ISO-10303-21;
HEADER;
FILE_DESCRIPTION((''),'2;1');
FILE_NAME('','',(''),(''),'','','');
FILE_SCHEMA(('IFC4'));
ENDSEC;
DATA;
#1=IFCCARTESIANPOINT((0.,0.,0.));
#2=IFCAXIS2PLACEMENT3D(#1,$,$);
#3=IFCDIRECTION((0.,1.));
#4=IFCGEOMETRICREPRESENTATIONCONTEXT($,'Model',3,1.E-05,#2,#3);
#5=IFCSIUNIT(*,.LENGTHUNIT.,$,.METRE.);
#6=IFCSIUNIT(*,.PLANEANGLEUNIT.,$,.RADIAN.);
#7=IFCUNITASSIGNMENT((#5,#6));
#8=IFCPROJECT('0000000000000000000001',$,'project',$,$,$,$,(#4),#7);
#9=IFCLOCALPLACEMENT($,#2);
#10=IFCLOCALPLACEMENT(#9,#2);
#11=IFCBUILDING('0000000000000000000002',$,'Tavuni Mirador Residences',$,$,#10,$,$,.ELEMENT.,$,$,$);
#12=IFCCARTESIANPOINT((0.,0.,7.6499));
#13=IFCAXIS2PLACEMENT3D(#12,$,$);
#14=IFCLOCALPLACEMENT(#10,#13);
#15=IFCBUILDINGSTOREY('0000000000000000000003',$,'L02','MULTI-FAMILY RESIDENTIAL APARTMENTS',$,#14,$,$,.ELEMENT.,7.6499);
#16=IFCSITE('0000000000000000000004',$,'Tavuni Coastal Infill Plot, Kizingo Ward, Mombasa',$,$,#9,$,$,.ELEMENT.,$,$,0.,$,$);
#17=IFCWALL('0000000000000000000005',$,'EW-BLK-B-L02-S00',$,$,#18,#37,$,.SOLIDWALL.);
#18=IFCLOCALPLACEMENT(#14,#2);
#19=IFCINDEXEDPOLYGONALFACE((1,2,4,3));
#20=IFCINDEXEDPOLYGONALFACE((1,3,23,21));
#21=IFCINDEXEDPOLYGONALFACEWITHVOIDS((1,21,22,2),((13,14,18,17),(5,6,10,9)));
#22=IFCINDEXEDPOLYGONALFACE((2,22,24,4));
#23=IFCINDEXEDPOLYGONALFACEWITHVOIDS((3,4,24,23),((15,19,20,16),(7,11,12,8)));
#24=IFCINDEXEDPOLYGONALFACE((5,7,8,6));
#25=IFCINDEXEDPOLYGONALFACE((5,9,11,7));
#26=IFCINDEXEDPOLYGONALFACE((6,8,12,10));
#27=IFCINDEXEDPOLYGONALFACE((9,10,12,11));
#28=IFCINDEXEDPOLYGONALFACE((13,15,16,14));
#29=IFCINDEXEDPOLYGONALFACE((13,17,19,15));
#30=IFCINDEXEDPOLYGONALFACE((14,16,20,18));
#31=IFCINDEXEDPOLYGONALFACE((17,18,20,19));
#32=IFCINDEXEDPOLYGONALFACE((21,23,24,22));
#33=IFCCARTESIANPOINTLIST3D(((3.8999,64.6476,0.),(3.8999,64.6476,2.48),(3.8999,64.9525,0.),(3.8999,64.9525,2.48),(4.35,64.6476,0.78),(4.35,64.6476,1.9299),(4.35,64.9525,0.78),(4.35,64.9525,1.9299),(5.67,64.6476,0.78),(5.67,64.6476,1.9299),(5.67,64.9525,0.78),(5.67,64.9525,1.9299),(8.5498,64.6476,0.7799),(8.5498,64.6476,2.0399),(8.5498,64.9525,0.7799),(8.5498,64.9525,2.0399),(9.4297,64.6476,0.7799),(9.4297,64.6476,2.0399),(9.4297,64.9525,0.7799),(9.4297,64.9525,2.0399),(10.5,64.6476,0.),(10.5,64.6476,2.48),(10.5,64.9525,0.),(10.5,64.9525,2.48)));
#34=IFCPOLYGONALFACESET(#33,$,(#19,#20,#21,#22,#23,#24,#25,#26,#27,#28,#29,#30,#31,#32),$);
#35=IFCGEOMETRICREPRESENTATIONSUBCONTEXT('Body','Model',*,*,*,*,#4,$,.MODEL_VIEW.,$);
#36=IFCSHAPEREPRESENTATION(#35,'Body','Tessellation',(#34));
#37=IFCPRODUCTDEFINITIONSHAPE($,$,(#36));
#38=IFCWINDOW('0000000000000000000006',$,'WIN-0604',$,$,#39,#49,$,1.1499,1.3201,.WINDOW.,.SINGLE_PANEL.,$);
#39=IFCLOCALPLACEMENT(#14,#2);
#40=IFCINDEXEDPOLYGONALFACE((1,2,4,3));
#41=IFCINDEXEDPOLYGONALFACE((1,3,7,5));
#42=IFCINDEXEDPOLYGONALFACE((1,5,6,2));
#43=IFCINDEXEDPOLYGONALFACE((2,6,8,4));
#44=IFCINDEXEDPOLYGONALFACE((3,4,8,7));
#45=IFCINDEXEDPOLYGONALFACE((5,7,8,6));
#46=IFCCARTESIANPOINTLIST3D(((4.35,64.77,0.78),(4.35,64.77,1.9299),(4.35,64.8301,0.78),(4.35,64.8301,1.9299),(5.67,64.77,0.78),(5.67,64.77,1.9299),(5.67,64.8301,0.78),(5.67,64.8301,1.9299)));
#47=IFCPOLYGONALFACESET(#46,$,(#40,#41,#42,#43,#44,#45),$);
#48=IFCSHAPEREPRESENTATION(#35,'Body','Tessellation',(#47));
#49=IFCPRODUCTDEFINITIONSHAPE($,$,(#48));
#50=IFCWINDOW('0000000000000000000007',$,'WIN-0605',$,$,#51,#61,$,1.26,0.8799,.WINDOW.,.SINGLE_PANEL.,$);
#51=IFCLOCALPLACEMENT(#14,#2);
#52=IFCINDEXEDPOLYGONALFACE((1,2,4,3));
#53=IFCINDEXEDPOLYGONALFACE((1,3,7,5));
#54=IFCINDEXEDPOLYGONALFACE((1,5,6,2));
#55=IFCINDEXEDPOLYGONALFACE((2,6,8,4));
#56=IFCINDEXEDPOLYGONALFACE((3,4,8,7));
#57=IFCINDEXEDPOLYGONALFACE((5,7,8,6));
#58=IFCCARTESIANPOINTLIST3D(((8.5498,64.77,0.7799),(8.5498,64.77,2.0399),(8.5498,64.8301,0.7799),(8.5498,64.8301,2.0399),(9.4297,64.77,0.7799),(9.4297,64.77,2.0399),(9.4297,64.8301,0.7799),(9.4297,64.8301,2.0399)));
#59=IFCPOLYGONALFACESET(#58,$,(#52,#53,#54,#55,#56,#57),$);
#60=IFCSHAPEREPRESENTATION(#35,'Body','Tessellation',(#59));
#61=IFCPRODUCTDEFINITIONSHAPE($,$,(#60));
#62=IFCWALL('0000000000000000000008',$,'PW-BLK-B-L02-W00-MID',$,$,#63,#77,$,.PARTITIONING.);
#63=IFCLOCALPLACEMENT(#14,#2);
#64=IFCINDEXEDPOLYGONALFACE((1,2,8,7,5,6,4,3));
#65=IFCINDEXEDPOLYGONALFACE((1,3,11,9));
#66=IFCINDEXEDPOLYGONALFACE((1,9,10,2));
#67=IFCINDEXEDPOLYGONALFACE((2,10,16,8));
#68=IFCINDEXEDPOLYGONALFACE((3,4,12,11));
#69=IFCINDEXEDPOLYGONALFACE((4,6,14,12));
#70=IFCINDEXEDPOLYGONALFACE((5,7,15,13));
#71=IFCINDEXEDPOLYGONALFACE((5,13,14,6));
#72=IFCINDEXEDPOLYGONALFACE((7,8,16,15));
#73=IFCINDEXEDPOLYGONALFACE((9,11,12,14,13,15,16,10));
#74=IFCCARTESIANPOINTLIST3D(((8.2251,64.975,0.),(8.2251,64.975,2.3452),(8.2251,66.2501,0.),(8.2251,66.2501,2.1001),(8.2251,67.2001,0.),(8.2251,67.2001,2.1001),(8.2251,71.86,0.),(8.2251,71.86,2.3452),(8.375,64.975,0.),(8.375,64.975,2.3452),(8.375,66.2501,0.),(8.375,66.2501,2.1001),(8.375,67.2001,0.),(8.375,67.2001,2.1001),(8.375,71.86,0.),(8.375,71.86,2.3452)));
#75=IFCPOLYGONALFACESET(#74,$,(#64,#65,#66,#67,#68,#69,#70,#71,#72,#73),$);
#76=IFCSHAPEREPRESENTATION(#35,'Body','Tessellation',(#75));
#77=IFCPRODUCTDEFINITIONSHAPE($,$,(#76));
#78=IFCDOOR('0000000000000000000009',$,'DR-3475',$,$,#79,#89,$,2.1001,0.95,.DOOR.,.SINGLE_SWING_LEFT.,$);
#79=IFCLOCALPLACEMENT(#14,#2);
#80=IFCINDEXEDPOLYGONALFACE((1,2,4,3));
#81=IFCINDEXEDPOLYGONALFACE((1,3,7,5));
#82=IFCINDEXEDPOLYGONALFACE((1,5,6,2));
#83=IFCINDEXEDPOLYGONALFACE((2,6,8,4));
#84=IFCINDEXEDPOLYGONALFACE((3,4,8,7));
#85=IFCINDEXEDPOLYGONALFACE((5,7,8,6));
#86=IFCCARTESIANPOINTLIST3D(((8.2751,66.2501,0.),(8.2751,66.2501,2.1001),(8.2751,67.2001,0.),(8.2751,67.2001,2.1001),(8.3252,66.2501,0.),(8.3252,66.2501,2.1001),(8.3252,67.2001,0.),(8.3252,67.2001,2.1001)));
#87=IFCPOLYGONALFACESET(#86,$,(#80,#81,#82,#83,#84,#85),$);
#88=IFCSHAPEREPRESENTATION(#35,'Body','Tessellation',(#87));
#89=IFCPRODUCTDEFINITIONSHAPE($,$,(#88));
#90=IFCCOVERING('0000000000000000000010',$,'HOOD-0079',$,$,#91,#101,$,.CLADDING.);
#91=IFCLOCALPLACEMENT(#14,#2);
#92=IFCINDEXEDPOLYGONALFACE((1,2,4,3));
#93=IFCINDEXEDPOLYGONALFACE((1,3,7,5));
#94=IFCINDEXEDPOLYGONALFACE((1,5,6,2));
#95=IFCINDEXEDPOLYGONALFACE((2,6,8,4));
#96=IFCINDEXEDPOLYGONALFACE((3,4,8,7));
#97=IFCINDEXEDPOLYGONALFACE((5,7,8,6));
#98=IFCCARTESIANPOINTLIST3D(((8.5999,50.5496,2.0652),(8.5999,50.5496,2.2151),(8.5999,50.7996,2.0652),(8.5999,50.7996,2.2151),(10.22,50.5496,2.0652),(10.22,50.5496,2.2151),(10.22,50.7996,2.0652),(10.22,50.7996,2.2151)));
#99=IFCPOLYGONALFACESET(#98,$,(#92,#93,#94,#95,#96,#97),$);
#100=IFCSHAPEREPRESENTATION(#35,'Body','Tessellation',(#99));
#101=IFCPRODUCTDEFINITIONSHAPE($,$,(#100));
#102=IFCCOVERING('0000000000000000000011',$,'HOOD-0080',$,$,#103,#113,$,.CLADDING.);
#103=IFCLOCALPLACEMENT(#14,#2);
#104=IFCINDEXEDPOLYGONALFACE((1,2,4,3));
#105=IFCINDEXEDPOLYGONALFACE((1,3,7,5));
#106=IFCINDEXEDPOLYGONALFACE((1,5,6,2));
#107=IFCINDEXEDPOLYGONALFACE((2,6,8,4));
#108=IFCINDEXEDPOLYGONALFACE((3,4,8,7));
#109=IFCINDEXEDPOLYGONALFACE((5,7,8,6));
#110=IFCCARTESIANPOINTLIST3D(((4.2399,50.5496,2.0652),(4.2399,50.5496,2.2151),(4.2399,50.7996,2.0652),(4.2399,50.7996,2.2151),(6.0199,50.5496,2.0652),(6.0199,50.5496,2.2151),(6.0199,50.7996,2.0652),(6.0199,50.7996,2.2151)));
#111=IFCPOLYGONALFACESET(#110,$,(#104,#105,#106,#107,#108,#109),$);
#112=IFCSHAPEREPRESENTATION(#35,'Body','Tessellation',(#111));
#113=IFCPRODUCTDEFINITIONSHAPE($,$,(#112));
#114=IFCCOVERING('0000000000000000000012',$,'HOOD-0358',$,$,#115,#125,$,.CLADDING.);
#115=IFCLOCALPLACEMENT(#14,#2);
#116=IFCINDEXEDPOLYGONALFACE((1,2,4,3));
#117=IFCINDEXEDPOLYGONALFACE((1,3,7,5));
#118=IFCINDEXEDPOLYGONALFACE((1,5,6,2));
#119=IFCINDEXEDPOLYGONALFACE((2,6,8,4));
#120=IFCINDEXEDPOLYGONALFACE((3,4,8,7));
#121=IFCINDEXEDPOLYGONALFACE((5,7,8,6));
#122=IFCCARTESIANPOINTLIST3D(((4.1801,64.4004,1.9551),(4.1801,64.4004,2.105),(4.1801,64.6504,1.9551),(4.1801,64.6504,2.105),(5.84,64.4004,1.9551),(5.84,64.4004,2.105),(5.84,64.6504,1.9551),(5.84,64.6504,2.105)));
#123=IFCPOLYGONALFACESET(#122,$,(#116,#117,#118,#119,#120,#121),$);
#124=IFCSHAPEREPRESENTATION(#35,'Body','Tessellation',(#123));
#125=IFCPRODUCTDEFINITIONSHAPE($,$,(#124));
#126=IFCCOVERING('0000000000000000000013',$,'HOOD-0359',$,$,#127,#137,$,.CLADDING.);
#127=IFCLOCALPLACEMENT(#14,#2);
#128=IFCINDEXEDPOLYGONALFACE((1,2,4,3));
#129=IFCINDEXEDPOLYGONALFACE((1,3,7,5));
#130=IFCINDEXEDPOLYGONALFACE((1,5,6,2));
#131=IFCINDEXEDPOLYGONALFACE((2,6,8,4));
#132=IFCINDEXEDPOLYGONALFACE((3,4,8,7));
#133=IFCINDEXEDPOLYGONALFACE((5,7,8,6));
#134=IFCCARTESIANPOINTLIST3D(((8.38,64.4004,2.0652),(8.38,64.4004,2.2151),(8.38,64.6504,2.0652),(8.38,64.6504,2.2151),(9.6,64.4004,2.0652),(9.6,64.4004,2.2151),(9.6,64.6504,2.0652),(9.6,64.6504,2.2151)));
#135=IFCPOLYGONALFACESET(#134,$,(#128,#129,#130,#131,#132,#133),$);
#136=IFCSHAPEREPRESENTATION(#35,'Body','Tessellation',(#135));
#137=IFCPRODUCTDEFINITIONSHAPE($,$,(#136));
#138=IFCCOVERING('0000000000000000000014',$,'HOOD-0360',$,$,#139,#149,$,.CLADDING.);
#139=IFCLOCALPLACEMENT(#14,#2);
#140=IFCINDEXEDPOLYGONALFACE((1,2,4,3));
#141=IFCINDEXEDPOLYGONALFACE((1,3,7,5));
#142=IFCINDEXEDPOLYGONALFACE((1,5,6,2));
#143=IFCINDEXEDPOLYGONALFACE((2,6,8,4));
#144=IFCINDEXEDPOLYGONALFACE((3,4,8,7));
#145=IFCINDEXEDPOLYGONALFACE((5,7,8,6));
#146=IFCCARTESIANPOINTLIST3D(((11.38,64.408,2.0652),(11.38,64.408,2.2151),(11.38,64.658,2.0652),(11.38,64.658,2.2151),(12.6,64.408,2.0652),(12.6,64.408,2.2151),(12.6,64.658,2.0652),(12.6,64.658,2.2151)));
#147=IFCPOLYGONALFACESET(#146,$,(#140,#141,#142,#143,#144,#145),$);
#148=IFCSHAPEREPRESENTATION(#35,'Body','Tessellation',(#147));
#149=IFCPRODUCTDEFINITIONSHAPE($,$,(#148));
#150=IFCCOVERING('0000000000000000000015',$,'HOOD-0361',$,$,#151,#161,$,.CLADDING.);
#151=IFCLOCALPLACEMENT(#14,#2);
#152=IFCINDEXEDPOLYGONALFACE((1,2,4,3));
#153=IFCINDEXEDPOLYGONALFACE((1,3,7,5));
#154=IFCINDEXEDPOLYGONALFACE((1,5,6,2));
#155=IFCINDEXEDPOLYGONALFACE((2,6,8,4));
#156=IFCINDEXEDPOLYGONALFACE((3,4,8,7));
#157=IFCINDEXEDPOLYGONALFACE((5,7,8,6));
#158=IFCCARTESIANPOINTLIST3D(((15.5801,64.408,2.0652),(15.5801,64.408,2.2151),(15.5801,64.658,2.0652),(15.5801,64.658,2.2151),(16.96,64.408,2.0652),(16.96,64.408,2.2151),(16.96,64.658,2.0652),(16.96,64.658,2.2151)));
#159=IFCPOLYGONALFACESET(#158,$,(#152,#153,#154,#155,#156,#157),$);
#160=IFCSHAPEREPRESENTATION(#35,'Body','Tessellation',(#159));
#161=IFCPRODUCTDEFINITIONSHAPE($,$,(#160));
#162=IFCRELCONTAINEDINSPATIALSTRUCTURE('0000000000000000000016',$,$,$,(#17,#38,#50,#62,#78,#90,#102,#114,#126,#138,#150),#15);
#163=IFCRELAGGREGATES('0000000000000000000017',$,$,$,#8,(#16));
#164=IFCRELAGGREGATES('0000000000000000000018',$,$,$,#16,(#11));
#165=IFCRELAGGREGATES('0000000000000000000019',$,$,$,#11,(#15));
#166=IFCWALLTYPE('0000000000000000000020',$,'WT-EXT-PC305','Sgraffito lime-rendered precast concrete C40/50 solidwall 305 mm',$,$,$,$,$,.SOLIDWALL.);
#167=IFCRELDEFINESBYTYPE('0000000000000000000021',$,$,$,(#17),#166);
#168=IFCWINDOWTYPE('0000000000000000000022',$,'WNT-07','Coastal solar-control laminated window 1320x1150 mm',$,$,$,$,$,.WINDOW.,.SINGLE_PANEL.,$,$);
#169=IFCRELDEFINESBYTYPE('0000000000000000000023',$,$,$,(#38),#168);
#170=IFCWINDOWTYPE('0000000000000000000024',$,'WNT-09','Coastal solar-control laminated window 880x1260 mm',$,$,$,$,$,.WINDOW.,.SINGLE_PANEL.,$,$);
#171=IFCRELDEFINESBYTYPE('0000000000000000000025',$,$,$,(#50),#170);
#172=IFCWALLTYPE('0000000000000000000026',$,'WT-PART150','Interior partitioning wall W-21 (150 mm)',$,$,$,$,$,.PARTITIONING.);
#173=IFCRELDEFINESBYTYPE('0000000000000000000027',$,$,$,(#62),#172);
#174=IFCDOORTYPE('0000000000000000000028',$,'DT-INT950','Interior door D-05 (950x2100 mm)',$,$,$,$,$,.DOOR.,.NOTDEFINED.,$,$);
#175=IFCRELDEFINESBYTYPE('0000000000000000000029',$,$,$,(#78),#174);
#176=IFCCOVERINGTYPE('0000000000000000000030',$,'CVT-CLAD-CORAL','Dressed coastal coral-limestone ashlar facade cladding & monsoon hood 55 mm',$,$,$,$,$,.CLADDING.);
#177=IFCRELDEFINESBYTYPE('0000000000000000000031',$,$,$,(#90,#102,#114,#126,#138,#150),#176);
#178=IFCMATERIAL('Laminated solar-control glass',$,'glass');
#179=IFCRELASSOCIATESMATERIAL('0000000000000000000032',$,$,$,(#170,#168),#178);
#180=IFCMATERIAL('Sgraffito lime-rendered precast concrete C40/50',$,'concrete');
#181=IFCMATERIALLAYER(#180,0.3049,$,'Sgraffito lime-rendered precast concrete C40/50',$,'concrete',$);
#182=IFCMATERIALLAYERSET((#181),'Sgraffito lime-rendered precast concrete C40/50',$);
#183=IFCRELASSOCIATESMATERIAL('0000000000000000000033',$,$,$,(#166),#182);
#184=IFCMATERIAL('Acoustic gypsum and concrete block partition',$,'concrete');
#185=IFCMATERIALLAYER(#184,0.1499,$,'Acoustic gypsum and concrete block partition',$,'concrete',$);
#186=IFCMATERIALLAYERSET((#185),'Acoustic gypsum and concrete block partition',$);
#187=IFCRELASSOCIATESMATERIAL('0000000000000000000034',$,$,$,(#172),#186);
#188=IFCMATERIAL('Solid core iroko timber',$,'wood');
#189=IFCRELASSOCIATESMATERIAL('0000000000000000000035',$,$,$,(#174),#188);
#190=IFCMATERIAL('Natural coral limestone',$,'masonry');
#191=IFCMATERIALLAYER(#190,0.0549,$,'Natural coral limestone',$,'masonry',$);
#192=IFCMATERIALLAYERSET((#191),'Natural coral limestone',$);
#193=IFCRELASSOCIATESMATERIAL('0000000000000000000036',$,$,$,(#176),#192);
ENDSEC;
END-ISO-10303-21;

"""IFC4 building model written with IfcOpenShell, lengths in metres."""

from ifc_helpers import new_model, si_unit, direction, frame, frame_2d, origin, origin_2d, place, context, subcontext, project, spatial, rectangle, extrude, material, layer, layer_set, type_object, element, fill, save


model = new_model("IFC4")

# Units and contexts
model_context = context("Model", 3, precision=1e-05, world=origin(), true_north=direction((0.0, 1.0)))
body_context = subcontext(model_context, "Body", "Model", "MODEL_VIEW")
ifc_project = project(units=[si_unit("LENGTHUNIT", "METRE"), si_unit("PLANEANGLEUNIT", "RADIAN")], contexts=[model_context])

# Site, building, storey
site_placement = place(None, origin())
site = spatial("IfcSite", under=ifc_project, at=site_placement, Name="Tavuni Coastal Infill Plot, Kizingo Ward, Mombasa", CompositionType="ELEMENT", RefElevation=0.0)
building_placement = place(site_placement, origin())
building = spatial("IfcBuilding", under=site, at=building_placement, Name="Tavuni Mirador Residences", CompositionType="ELEMENT")
storey_placement = place(building_placement, frame((0.0, 0.0, 7.6499)))
storey = spatial("IfcBuildingStorey", under=building, at=storey_placement, Name="L02", Description="MULTI-FAMILY RESIDENTIAL APARTMENTS", CompositionType="ELEMENT", Elevation=7.6499)

# Wall, openings, windows
ifc_material_1 = material(Name="Sgraffito lime-rendered precast concrete C40/50", Category="concrete")
ifc_material_2 = material(Name="Laminated solar-control glass", Category="glass")
window_type_1 = type_object("IfcWindowType", Name="WNT-09", Description="Coastal solar-control laminated window 880x1260 mm", PartitioningType="SINGLE_PANEL", PredefinedType="WINDOW", material=ifc_material_2)
ifc_layer_1 = layer(ifc_material_1, 0.3049, Name="Sgraffito lime-rendered precast concrete C40/50", Category="concrete")
ifc_layer_set_1 = layer_set([ifc_layer_1], Name="Sgraffito lime-rendered precast concrete C40/50")
wall_type_1 = type_object("IfcWallType", Name="WT-EXT-PC305", Description="Sgraffito lime-rendered precast concrete C40/50 solidwall 305 mm", PredefinedType="SOLIDWALL", material=ifc_layer_set_1)
wall_1_placement = place(storey_placement, frame((3.8999, 64.8, 0.0), z_axis=(0.0, 0.0, 1.0), x_axis=(1.0, 0.0, 0.0)))
wall_1 = element("IfcWall", 1, at=wall_1_placement, inside=storey, type_object=wall_type_1, Name="EW-BLK-B-L02-S00", PredefinedType="SOLIDWALL", context=body_context, shape_type="SweptSolid", body=[
    extrude(rectangle(XDim=6.6001, YDim=0.3049, at=frame_2d((3.3, 0.0))), origin(), (0.0, 0.0, 1.0), 2.48),
])
opening_1_placement = place(wall_1_placement, frame((0.45, 0.0, 0.78)))
opening_1 = element("IfcOpeningElement", 2, at=opening_1_placement, cuts=wall_1, PredefinedType="OPENING", context=body_context, shape_type="SweptSolid", body=[
    extrude(rectangle(XDim=1.3201, YDim=1.1499, at=frame_2d((0.6602, 0.575))), frame((0.0, 0.1626, 0.0), z_axis=(0.0, -1.0, 0.0), x_axis=(1.0, 0.0, 0.0)), (0.0, 0.0, 1.0), 0.325),
])
opening_2_placement = place(wall_1_placement, frame((4.6499, 0.0, 0.78)))
opening_2 = element("IfcOpeningElement", 3, at=opening_2_placement, cuts=wall_1, PredefinedType="OPENING", context=body_context, shape_type="SweptSolid", body=[
    extrude(rectangle(XDim=0.8799, YDim=1.26, at=frame_2d((0.4399, 0.6299))), frame((0.0, 0.1626, 0.0), z_axis=(0.0, -1.0, 0.0), x_axis=(1.0, 0.0, 0.0)), (0.0, 0.0, 1.0), 0.325),
])
window_type_2 = type_object("IfcWindowType", Name="WNT-07", Description="Coastal solar-control laminated window 1320x1150 mm", PartitioningType="SINGLE_PANEL", PredefinedType="WINDOW", material=ifc_material_2)
window_1_placement = place(opening_1_placement, origin())
window_1 = element("IfcWindow", 4, at=window_1_placement, inside=storey, type_object=window_type_2, Name="WIN-0604", OverallHeight=1.1499, OverallWidth=1.3201, PartitioningType="SINGLE_PANEL", PredefinedType="WINDOW", context=body_context, shape_type="SweptSolid", body=[
    extrude(rectangle(XDim=1.3201, YDim=1.1499, at=frame_2d((0.6602, 0.575))), frame((0.0, 0.03, 0.0), z_axis=(0.0, -1.0, 0.0), x_axis=(1.0, 0.0, 0.0)), (0.0, 0.0, 1.0), 0.0601),
])
fill(opening_1, window_1)
window_2_placement = place(opening_2_placement, origin())
window_2 = element("IfcWindow", 5, at=window_2_placement, inside=storey, type_object=window_type_1, Name="WIN-0605", OverallHeight=1.26, OverallWidth=0.8799, PartitioningType="SINGLE_PANEL", PredefinedType="WINDOW", context=body_context, shape_type="SweptSolid", body=[
    extrude(rectangle(XDim=0.8799, YDim=1.26, at=frame_2d((0.4399, 0.6299))), frame((0.0, 0.03, 0.0), z_axis=(0.0, -1.0, 0.0), x_axis=(1.0, 0.0, 0.0)), (0.0, 0.0, 1.0), 0.0601),
])
fill(opening_2, window_2)

# Wall, opening, door
ifc_material_3 = material(Name="Acoustic gypsum and concrete block partition", Category="concrete")
ifc_layer_2 = layer(ifc_material_3, 0.1499, Name="Acoustic gypsum and concrete block partition", Category="concrete")
ifc_layer_set_2 = layer_set([ifc_layer_2], Name="Acoustic gypsum and concrete block partition")
wall_type_2 = type_object("IfcWallType", Name="WT-PART150", Description="Interior partitioning wall W-21 (150 mm)", PredefinedType="PARTITIONING", material=ifc_layer_set_2)
wall_2_placement = place(storey_placement, frame((8.3, 64.9751, 0.0), z_axis=(0.0, 0.0, 1.0), x_axis=(0.0, 1.0, 0.0)))
wall_2 = element("IfcWall", 6, at=wall_2_placement, inside=storey, type_object=wall_type_2, Name="PW-BLK-B-L02-W00-MID", PredefinedType="PARTITIONING", context=body_context, shape_type="SweptSolid", body=[
    extrude(rectangle(XDim=6.885, YDim=0.1499, at=frame_2d((3.4424, 0.0))), origin(), (0.0, 0.0, 1.0), 2.3452),
])
opening_3_placement = place(wall_2_placement, frame((1.2749, 0.0, 0.0)))
opening_3 = element("IfcOpeningElement", 7, at=opening_3_placement, cuts=wall_2, PredefinedType="OPENING", context=body_context, shape_type="SweptSolid", body=[
    extrude(rectangle(XDim=0.95, YDim=2.1001, at=frame_2d((0.4751, 1.05))), frame((0.0, 0.085, 0.0), z_axis=(0.0, -1.0, 0.0), x_axis=(1.0, 0.0, 0.0)), (0.0, 0.0, 1.0), 0.1699),
])
ifc_material_4 = material(Name="Solid core iroko timber", Category="wood")
door_type = type_object("IfcDoorType", Name="DT-INT950", Description="Interior door D-05 (950x2100 mm)", OperationType="NOTDEFINED", PredefinedType="DOOR", material=ifc_material_4)
door_placement = place(opening_3_placement, origin())
door = element("IfcDoor", 8, at=door_placement, inside=storey, type_object=door_type, Name="DR-3475", OperationType="SINGLE_SWING_LEFT", OverallHeight=2.1001, OverallWidth=0.95, PredefinedType="DOOR", context=body_context, shape_type="SweptSolid", body=[
    extrude(rectangle(XDim=0.95, YDim=2.1001, at=frame_2d((0.4751, 1.05))), frame((0.0, 0.0249, 0.0), z_axis=(0.0, -1.0, 0.0), x_axis=(1.0, 0.0, 0.0)), (0.0, 0.0, 1.0), 0.05),
])
fill(opening_3, door)

# Coverings
ifc_material_5 = material(Name="Natural coral limestone", Category="masonry")
ifc_layer_3 = layer(ifc_material_5, 0.0549, Name="Natural coral limestone", Category="masonry")
ifc_layer_set_3 = layer_set([ifc_layer_3], Name="Natural coral limestone")
covering_type = type_object("IfcCoveringType", Name="CVT-CLAD-CORAL", Description="Dressed coastal coral-limestone ashlar facade cladding & monsoon hood 55 mm", PredefinedType="CLADDING", material=ifc_layer_set_3)
covering_1_placement = place(storey_placement, frame((9.4099, 50.6746, 2.0652), z_axis=(0.0, 0.0, 1.0), x_axis=(-1.0, 0.0, 0.0)))
element("IfcCovering", 9, at=covering_1_placement, inside=storey, type_object=covering_type, Name="HOOD-0079", PredefinedType="CLADDING", context=body_context, shape_type="SweptSolid", body=[
    extrude(rectangle(XDim=1.6201, YDim=0.25, at=origin_2d()), origin(), (0.0, 0.0, 1.0), 0.1499),
])
covering_2_placement = place(storey_placement, frame((5.1299, 50.6746, 2.0652), z_axis=(0.0, 0.0, 1.0), x_axis=(-1.0, 0.0, 0.0)))
element("IfcCovering", 10, at=covering_2_placement, inside=storey, type_object=covering_type, Name="HOOD-0080", PredefinedType="CLADDING", context=body_context, shape_type="SweptSolid", body=[
    extrude(rectangle(XDim=1.78, YDim=0.25, at=origin_2d()), origin(), (0.0, 0.0, 1.0), 0.1499),
])
covering_3_placement = place(storey_placement, frame((5.01, 64.5254, 1.9551), z_axis=(0.0, 0.0, 1.0), x_axis=(1.0, 0.0, 0.0)))
element("IfcCovering", 11, at=covering_3_placement, inside=storey, type_object=covering_type, Name="HOOD-0358", PredefinedType="CLADDING", context=body_context, shape_type="SweptSolid", body=[
    extrude(rectangle(XDim=1.6599, YDim=0.25, at=origin_2d()), origin(), (0.0, 0.0, 1.0), 0.1499),
])
for number, where, z_axis, x_axis, name in (
    (12, (8.99, 64.5254, 2.0652), (0.0, 0.0, 1.0), (1.0, 0.0, 0.0), "HOOD-0359"),
    (13, (11.99, 64.533, 2.0652), (0.0, 0.0, 1.0), (1.0, 0.0, 0.0), "HOOD-0360"),
):
    element("IfcCovering", number, at=place(storey_placement, frame(where, z_axis=z_axis, x_axis=x_axis)), inside=storey, type_object=covering_type, Name=name, PredefinedType="CLADDING", context=body_context, shape_type="SweptSolid", body=[
        extrude(rectangle(XDim=1.22, YDim=0.25, at=origin_2d()), origin(), (0.0, 0.0, 1.0), 0.1499),
    ])
covering_4_placement = place(storey_placement, frame((16.27, 64.533, 2.0652), z_axis=(0.0, 0.0, 1.0), x_axis=(1.0, 0.0, 0.0)))
element("IfcCovering", 14, at=covering_4_placement, inside=storey, type_object=covering_type, Name="HOOD-0361", PredefinedType="CLADDING", context=body_context, shape_type="SweptSolid", body=[
    extrude(rectangle(XDim=1.3799, YDim=0.25, at=origin_2d()), origin(), (0.0, 0.0, 1.0), 0.1499),
])

save(model, "model.ifc")
